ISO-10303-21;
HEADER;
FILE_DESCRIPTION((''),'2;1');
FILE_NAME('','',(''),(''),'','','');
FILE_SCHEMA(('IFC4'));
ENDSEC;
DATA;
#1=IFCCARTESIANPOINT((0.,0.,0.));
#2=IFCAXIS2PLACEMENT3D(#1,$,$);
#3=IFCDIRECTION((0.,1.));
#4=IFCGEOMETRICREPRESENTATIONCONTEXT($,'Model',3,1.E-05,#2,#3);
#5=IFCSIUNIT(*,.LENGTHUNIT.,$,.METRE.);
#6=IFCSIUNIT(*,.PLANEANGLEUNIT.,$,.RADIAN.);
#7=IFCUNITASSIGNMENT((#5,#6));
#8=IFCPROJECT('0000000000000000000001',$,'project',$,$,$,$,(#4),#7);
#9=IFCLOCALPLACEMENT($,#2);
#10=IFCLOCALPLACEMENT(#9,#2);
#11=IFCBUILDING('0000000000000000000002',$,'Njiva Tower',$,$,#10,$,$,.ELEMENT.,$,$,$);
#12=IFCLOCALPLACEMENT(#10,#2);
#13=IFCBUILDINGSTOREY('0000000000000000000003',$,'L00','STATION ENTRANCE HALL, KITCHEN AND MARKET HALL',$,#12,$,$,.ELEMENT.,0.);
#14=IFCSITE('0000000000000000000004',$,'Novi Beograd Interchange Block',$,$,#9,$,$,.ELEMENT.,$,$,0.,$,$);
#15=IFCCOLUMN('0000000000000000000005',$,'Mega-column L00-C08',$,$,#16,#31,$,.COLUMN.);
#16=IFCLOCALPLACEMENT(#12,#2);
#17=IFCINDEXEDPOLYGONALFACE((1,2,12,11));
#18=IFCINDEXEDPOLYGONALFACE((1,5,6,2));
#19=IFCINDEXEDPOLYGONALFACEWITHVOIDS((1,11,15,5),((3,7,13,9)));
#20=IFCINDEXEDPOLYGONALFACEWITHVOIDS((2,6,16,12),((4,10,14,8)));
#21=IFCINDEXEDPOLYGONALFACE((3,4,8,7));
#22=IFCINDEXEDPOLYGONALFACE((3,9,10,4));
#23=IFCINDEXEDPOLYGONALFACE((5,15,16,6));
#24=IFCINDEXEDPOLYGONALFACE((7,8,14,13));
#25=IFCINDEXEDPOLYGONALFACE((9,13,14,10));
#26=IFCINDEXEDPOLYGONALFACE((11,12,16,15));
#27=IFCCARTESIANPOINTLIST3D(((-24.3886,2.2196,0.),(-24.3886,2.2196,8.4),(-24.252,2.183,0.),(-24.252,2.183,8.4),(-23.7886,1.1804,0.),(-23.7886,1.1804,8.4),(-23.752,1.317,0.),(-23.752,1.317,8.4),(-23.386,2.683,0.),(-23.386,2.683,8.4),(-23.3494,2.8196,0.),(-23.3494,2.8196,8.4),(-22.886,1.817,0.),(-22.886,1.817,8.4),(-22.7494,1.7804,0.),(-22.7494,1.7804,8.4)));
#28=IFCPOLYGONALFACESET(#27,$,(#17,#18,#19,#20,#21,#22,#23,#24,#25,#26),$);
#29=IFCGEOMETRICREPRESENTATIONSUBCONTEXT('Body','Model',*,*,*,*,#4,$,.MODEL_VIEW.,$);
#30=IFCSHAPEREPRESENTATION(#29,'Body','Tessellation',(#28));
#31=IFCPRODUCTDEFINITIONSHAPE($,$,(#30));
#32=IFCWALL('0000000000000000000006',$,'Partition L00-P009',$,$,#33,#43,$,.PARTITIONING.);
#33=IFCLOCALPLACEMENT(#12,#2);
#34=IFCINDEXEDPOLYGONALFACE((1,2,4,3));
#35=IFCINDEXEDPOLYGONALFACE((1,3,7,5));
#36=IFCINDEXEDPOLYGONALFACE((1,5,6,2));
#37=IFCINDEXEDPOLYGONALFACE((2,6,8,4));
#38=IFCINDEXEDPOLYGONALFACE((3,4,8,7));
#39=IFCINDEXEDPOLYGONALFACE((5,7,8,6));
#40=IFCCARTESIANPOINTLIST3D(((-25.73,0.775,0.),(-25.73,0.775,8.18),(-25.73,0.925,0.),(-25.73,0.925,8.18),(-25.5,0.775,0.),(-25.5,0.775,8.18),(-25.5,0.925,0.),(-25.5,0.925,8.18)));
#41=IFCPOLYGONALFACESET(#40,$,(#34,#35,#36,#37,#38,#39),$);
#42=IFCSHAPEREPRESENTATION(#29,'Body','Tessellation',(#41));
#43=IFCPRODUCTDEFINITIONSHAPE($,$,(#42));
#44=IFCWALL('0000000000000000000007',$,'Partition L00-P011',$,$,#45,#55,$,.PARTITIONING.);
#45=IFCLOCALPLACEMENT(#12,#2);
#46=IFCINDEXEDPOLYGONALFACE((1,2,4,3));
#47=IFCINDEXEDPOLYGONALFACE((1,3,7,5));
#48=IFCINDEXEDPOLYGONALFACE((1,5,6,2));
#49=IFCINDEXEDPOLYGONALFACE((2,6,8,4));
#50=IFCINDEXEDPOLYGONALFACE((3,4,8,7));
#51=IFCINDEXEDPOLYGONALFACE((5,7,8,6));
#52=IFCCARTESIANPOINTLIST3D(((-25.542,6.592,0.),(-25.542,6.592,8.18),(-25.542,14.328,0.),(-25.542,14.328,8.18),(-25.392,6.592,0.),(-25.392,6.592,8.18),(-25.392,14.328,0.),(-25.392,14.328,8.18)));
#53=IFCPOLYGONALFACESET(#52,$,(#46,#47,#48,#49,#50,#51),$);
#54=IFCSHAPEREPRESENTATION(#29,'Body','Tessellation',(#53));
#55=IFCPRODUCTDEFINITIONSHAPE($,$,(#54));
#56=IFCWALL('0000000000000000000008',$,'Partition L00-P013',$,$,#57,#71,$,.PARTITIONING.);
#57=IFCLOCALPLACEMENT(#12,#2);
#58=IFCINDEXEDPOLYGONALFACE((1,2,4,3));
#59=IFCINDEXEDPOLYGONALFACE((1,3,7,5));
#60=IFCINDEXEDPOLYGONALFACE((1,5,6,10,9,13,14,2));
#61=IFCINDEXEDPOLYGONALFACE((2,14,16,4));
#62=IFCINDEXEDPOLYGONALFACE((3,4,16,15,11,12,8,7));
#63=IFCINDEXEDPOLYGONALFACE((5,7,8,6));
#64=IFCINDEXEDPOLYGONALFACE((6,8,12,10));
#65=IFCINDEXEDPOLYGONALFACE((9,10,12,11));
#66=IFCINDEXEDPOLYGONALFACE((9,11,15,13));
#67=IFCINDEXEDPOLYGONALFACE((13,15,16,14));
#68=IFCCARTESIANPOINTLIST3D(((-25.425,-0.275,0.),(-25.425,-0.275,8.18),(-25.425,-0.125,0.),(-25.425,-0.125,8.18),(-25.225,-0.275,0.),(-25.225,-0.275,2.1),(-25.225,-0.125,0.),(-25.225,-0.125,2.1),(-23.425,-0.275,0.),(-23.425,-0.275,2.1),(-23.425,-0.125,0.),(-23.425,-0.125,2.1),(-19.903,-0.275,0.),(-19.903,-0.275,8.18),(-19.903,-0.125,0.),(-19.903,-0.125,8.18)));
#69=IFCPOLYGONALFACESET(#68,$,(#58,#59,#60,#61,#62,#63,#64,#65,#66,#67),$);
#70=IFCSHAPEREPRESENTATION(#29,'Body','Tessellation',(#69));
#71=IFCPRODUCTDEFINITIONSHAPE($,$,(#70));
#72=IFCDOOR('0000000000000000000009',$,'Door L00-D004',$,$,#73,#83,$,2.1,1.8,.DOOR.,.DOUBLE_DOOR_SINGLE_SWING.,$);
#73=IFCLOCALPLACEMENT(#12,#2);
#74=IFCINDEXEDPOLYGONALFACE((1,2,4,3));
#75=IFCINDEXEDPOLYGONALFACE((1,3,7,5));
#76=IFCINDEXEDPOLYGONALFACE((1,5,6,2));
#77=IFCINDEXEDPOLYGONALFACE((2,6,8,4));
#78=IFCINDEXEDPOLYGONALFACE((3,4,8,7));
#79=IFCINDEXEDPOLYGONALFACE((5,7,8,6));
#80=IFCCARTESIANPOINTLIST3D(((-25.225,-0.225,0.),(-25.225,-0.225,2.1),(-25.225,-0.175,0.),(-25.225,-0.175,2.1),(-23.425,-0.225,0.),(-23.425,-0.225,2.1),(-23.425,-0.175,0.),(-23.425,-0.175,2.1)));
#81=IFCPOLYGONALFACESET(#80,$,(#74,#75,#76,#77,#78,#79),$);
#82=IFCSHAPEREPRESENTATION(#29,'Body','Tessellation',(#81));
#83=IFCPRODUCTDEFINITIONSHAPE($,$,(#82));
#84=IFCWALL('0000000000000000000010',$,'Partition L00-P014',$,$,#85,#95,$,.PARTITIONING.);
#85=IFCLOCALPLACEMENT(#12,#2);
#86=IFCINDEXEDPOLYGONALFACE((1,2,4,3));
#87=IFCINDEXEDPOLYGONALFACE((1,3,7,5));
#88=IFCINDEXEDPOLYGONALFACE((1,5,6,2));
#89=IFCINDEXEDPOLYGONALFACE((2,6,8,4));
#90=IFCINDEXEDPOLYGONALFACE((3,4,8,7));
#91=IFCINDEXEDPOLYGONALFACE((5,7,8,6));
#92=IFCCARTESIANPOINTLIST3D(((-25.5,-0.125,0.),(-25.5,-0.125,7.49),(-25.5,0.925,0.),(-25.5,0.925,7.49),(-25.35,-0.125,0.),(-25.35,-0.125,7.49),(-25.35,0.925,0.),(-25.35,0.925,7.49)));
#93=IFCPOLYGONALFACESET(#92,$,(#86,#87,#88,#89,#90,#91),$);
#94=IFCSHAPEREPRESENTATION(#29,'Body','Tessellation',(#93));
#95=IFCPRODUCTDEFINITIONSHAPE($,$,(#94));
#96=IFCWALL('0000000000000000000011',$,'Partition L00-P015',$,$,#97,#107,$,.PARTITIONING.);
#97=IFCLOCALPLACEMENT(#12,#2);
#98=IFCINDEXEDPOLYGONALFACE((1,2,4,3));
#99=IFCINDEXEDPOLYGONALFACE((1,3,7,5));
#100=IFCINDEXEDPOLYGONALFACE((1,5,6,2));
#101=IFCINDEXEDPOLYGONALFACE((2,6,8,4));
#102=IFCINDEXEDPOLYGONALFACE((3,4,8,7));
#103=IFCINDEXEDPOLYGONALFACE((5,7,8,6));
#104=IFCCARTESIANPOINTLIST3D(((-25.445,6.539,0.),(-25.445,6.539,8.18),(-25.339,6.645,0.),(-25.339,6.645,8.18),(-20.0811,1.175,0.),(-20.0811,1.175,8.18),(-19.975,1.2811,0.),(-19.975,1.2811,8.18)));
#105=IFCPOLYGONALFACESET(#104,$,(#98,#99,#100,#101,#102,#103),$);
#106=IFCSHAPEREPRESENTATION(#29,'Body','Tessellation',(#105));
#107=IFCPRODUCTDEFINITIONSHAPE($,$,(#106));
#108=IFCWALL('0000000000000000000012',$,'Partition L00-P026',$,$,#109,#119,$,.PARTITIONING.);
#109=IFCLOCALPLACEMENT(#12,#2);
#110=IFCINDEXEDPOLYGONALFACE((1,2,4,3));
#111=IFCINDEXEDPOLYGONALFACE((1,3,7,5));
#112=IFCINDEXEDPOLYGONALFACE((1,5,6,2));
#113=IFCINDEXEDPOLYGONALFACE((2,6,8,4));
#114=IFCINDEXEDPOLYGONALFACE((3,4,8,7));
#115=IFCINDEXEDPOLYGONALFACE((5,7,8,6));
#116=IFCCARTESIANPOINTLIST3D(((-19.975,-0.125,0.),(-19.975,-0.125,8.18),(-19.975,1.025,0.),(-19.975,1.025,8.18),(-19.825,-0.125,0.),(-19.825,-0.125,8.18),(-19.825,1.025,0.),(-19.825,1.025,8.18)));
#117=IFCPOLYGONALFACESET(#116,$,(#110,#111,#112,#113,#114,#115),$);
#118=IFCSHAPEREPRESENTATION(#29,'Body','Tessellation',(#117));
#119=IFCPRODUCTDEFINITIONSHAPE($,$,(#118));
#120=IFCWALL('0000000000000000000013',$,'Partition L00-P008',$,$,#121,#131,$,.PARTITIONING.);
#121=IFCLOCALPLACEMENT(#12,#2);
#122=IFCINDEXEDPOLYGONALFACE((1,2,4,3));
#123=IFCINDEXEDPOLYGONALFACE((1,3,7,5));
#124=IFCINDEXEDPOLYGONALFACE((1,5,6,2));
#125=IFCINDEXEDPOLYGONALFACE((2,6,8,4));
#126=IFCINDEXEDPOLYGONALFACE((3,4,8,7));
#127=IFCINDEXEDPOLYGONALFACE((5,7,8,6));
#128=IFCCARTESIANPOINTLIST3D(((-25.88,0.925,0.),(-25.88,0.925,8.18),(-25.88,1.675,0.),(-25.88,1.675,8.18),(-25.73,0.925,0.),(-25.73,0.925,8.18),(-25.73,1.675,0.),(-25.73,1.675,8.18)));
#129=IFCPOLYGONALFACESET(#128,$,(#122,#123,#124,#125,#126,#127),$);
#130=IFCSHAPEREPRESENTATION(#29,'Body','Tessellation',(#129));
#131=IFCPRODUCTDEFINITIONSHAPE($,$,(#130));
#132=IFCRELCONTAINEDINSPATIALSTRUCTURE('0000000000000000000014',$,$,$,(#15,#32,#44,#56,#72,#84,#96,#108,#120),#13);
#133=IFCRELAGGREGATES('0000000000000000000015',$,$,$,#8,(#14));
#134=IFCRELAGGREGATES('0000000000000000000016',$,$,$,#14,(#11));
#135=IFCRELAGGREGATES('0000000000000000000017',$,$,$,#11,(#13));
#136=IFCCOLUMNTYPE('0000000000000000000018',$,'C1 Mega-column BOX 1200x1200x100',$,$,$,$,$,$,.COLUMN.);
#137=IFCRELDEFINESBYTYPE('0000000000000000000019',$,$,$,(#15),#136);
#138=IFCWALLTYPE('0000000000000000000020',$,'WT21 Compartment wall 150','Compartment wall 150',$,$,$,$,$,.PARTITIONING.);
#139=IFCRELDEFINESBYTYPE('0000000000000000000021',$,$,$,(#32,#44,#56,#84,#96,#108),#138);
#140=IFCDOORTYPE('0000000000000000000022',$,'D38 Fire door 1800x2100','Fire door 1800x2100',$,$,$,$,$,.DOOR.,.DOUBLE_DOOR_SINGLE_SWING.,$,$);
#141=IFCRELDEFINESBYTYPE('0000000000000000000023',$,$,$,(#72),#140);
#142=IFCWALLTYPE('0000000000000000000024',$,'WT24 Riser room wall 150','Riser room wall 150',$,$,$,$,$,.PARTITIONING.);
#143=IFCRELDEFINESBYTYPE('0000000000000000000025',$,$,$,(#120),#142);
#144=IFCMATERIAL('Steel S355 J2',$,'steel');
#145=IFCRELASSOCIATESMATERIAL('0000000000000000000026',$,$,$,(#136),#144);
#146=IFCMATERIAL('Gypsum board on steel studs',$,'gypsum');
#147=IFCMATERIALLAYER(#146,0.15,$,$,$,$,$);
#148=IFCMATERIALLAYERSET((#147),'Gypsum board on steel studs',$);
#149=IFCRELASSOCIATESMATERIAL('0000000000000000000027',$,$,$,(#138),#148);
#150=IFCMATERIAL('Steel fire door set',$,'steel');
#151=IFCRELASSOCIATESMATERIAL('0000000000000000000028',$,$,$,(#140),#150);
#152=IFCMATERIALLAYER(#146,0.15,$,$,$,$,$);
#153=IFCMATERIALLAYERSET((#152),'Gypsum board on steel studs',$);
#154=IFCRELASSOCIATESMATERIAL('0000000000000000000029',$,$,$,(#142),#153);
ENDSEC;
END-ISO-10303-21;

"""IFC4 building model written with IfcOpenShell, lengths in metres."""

from ifc_helpers import new_model, si_unit, direction, frame, frame_2d, origin, origin_2d, place, context, subcontext, project, spatial, rectangle, hollow_rectangle, extrude, material, layer, layer_set, material_profile, profile_set, type_object, element, fill, save


model = new_model("IFC4")

# Units and contexts
model_context = context("Model", 3, precision=1e-05, world=origin(), true_north=direction((0.0, 1.0)))
body_context = subcontext(model_context, "Body", "Model", "MODEL_VIEW")
ifc_project = project(units=[si_unit("LENGTHUNIT", "METRE"), si_unit("PLANEANGLEUNIT", "RADIAN")], contexts=[model_context])

# Site, building, storey
site_placement = place(None, origin())
site = spatial("IfcSite", under=ifc_project, at=site_placement, Name="Novi Beograd Interchange Block", CompositionType="ELEMENT", RefElevation=0.0)
building_placement = place(site_placement, origin())
building = spatial("IfcBuilding", under=site, at=building_placement, Name="Njiva Tower", CompositionType="ELEMENT")
storey_placement = place(building_placement, origin())
storey = spatial("IfcBuildingStorey", under=building, at=storey_placement, Name="L00", Description="STATION ENTRANCE HALL, KITCHEN AND MARKET HALL", CompositionType="ELEMENT", Elevation=0.0)

# Column
ifc_material_1 = material(Name="Steel S355 J2", Category="steel")
ifc_material_profile = material_profile(ifc_material_1, hollow_rectangle(XDim=1.2, YDim=1.2, WallThickness=0.1, at=origin_2d()), Name="BOX 1200x1200x100")
ifc_profile_set = profile_set([ifc_material_profile], Name="Steel S355 J2")
column_type = type_object("IfcColumnType", Name="C1 Mega-column BOX 1200x1200x100", PredefinedType="COLUMN", material=ifc_profile_set)
column_placement = place(storey_placement, frame((-23.569, 2.0, 0.0), z_axis=(0.0, 0.0, 1.0), x_axis=(0.5, -0.866025, 0.0)))
element("IfcColumn", 1, at=column_placement, inside=storey, type_object=column_type, Name="Mega-column L00-C08", PredefinedType="COLUMN", context=body_context, shape_type="SweptSolid", body=[
    extrude(hollow_rectangle(XDim=1.2, YDim=1.2, WallThickness=0.1, at=origin_2d()), origin(), (0.0, 0.0, 1.0), 8.4),
])

# Walls
ifc_material_2 = material(Name="Gypsum board on steel studs", Category="gypsum")
ifc_layer_1 = layer(ifc_material_2, 0.15)
ifc_layer_set_1 = layer_set([ifc_layer_1], Name="Gypsum board on steel studs")
wall_type_1 = type_object("IfcWallType", Name="WT21 Compartment wall 150", Description="Compartment wall 150", PredefinedType="PARTITIONING", material=ifc_layer_set_1)
wall_1_placement = place(storey_placement, frame((-25.73, 0.85, 0.0), z_axis=(0.0, 0.0, 1.0), x_axis=(1.0, 0.0, 0.0)))
element("IfcWall", 2, at=wall_1_placement, inside=storey, type_object=wall_type_1, Name="Partition L00-P009", PredefinedType="PARTITIONING", context=body_context, shape_type="SweptSolid", body=[
    extrude(rectangle(XDim=0.23, YDim=0.15, at=frame_2d((0.115, 0.0))), origin(), (0.0, 0.0, 1.0), 8.18),
])
wall_2_placement = place(storey_placement, frame((-25.467, 6.592, 0.0), z_axis=(0.0, 0.0, 1.0), x_axis=(0.0, 1.0, 0.0)))
element("IfcWall", 3, at=wall_2_placement, inside=storey, type_object=wall_type_1, Name="Partition L00-P011", PredefinedType="PARTITIONING", context=body_context, shape_type="SweptSolid", body=[
    extrude(rectangle(XDim=7.736, YDim=0.15, at=frame_2d((3.868, 0.0))), origin(), (0.0, 0.0, 1.0), 8.18),
])

# Wall, opening, door
wall_3_placement = place(storey_placement, frame((-25.425, -0.2, 0.0), z_axis=(0.0, 0.0, 1.0), x_axis=(1.0, 0.0, 0.0)))
wall_3 = element("IfcWall", 4, at=wall_3_placement, inside=storey, type_object=wall_type_1, Name="Partition L00-P013", PredefinedType="PARTITIONING", context=body_context, shape_type="SweptSolid", body=[
    extrude(rectangle(XDim=5.522, YDim=0.15, at=frame_2d((2.761, 0.0))), origin(), (0.0, 0.0, 1.0), 8.18),
])
opening_placement = place(wall_3_placement, frame((0.2, 0.0, 0.0)))
opening = element("IfcOpeningElement", 5, at=opening_placement, cuts=wall_3, PredefinedType="OPENING", context=body_context, shape_type="SweptSolid", body=[
    extrude(rectangle(XDim=1.8, YDim=2.1, at=frame_2d((0.9, 1.05))), frame((0.0, 0.085, 0.0), z_axis=(0.0, -1.0, 0.0), x_axis=(1.0, 0.0, 0.0)), (0.0, 0.0, 1.0), 0.17),
])
ifc_material_3 = material(Name="Steel fire door set", Category="steel")
door_type = type_object("IfcDoorType", Name="D38 Fire door 1800x2100", Description="Fire door 1800x2100", OperationType="DOUBLE_DOOR_SINGLE_SWING", PredefinedType="DOOR", material=ifc_material_3)
door_placement = place(opening_placement, origin())
door = element("IfcDoor", 6, at=door_placement, inside=storey, type_object=door_type, Name="Door L00-D004", OperationType="DOUBLE_DOOR_SINGLE_SWING", OverallHeight=2.1, OverallWidth=1.8, PredefinedType="DOOR", context=body_context, shape_type="SweptSolid", body=[
    extrude(rectangle(XDim=1.8, YDim=2.1, at=frame_2d((0.9, 1.05))), frame((0.0, 0.025, 0.0), z_axis=(0.0, -1.0, 0.0), x_axis=(1.0, 0.0, 0.0)), (0.0, 0.0, 1.0), 0.05),
])
fill(opening, door)

# Walls
wall_4_placement = place(storey_placement, frame((-25.425, -0.125, 0.0), z_axis=(0.0, 0.0, 1.0), x_axis=(0.0, 1.0, 0.0)))
element("IfcWall", 7, at=wall_4_placement, inside=storey, type_object=wall_type_1, Name="Partition L00-P014", PredefinedType="PARTITIONING", context=body_context, shape_type="SweptSolid", body=[
    extrude(rectangle(XDim=1.05, YDim=0.15, at=frame_2d((0.525, 0.0))), origin(), (0.0, 0.0, 1.0), 7.49),
])
wall_5_placement = place(storey_placement, frame((-25.392, 6.592, 0.0), z_axis=(0.0, 0.0, 1.0), x_axis=(0.707107, -0.707107, 0.0)))
element("IfcWall", 8, at=wall_5_placement, inside=storey, type_object=wall_type_1, Name="Partition L00-P015", PredefinedType="PARTITIONING", context=body_context, shape_type="SweptSolid", body=[
    extrude(rectangle(XDim=7.5858, YDim=0.15, at=frame_2d((3.7929, 0.0))), origin(), (0.0, 0.0, 1.0), 8.18),
])
wall_6_placement = place(storey_placement, frame((-19.9, -0.125, 0.0), z_axis=(0.0, 0.0, 1.0), x_axis=(0.0, 1.0, 0.0)))
element("IfcWall", 9, at=wall_6_placement, inside=storey, type_object=wall_type_1, Name="Partition L00-P026", PredefinedType="PARTITIONING", context=body_context, shape_type="SweptSolid", body=[
    extrude(rectangle(XDim=1.15, YDim=0.15, at=frame_2d((0.575, 0.0))), origin(), (0.0, 0.0, 1.0), 8.18),
])
ifc_layer_2 = layer(ifc_material_2, 0.15)
ifc_layer_set_2 = layer_set([ifc_layer_2], Name="Gypsum board on steel studs")
wall_type_2 = type_object("IfcWallType", Name="WT24 Riser room wall 150", Description="Riser room wall 150", PredefinedType="PARTITIONING", material=ifc_layer_set_2)
wall_7_placement = place(storey_placement, frame((-25.805, 0.925, 0.0), z_axis=(0.0, 0.0, 1.0), x_axis=(0.0, 1.0, 0.0)))
element("IfcWall", 10, at=wall_7_placement, inside=storey, type_object=wall_type_2, Name="Partition L00-P008", PredefinedType="PARTITIONING", context=body_context, shape_type="SweptSolid", body=[
    extrude(rectangle(XDim=0.75, YDim=0.15, at=frame_2d((0.375, 0.0))), origin(), (0.0, 0.0, 1.0), 8.18),
])

save(model, "model.ifc")
